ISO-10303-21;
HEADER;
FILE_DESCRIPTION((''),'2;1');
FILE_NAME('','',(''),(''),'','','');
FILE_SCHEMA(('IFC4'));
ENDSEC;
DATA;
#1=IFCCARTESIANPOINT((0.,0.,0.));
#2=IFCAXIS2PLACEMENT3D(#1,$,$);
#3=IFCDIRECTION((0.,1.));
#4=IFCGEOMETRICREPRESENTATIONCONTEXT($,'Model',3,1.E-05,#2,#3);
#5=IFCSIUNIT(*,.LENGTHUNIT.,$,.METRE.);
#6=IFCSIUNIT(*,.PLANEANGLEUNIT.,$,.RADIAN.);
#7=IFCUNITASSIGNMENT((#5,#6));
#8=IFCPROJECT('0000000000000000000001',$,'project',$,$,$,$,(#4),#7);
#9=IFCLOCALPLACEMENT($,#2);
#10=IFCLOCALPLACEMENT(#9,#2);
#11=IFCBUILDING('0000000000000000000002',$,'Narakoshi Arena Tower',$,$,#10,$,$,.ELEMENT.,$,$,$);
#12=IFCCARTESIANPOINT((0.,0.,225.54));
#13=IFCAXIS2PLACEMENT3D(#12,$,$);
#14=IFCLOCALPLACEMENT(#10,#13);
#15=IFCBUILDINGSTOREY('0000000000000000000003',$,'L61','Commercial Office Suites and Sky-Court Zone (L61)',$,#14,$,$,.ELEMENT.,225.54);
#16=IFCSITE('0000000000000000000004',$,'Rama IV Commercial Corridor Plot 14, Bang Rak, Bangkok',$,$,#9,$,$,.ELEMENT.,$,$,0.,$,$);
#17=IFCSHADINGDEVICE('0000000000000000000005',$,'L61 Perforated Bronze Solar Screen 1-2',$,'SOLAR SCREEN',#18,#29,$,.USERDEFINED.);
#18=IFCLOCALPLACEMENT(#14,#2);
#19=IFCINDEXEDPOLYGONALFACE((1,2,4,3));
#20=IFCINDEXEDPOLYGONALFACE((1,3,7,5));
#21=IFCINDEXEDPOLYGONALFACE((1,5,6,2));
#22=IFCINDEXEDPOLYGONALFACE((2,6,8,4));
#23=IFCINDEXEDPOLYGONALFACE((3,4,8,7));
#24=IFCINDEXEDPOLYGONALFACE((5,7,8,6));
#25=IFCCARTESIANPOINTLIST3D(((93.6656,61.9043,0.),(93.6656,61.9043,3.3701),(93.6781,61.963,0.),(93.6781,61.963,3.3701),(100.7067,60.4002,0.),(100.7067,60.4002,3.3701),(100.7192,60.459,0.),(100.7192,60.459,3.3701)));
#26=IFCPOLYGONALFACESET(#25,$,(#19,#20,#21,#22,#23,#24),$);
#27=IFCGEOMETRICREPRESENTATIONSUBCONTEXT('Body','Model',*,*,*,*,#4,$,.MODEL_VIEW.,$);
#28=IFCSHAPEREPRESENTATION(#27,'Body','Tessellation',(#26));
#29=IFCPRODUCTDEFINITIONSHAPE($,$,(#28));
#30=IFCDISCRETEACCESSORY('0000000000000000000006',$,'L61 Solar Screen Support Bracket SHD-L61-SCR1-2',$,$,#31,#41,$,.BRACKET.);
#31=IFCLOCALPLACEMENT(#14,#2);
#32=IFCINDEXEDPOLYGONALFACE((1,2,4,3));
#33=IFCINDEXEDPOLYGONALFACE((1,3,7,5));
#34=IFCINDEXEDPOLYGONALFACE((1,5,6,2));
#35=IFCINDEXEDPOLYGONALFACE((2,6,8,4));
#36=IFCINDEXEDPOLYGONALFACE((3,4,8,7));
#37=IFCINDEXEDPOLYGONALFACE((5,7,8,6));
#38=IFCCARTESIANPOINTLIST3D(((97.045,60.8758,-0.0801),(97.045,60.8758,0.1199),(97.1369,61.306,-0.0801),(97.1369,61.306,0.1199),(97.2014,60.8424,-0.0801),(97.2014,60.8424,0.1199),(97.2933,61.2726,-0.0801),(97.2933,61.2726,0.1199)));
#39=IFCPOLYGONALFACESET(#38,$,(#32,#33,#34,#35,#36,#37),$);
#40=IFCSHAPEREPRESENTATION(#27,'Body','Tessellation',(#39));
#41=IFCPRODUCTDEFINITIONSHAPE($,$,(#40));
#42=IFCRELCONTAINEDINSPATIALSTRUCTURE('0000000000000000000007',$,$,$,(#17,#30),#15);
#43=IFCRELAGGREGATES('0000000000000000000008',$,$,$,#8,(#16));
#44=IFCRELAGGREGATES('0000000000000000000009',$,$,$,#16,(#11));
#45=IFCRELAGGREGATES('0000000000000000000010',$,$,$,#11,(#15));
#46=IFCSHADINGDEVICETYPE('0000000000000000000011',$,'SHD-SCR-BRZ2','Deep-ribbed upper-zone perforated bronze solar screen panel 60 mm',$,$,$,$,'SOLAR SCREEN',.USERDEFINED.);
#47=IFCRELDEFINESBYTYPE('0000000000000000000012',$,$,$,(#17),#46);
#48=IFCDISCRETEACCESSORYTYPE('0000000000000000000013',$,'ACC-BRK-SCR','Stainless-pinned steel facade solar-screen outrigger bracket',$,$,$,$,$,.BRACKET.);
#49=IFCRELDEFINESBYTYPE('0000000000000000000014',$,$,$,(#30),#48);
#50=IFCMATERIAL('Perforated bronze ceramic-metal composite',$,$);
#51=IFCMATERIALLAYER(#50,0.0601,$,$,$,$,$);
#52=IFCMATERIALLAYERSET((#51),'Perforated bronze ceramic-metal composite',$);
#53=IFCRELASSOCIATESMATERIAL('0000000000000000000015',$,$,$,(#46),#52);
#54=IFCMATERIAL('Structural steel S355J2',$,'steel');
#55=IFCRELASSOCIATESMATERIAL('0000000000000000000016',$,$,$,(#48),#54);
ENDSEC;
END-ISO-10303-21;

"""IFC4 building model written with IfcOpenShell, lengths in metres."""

from ifc_helpers import new_model, si_unit, direction, frame, origin, origin_2d, place, context, subcontext, project, spatial, rectangle, extrude, material, layer, layer_set, type_object, element, save


model = new_model("IFC4")

# Units and contexts
model_context = context("Model", 3, precision=1e-05, world=origin(), true_north=direction((0.0, 1.0)))
body_context = subcontext(model_context, "Body", "Model", "MODEL_VIEW")
ifc_project = project(units=[si_unit("LENGTHUNIT", "METRE"), si_unit("PLANEANGLEUNIT", "RADIAN")], contexts=[model_context])

# Site, building, storey
site_placement = place(None, origin())
site = spatial("IfcSite", under=ifc_project, at=site_placement, Name="Rama IV Commercial Corridor Plot 14, Bang Rak, Bangkok", CompositionType="ELEMENT", RefElevation=0.0)
building_placement = place(site_placement, origin())
building = spatial("IfcBuilding", under=site, at=building_placement, Name="Narakoshi Arena Tower", CompositionType="ELEMENT")
storey_placement = place(building_placement, frame((0.0, 0.0, 225.54)))
storey = spatial("IfcBuildingStorey", under=building, at=storey_placement, Name="L61", Description="Commercial Office Suites and Sky-Court Zone (L61)", CompositionType="ELEMENT", Elevation=225.54)

# Shared definitions
ifc_material_1 = material(Name="Structural steel S355J2", Category="steel")

# Shading device
ifc_material_2 = material(Name="Perforated bronze ceramic-metal composite")
ifc_layer_1 = layer(ifc_material_2, 0.0601)
ifc_layer_set_1 = layer_set([ifc_layer_1], Name="Perforated bronze ceramic-metal composite")
shading_device_type = type_object("IfcShadingDeviceType", Name="SHD-SCR-BRZ2", Description="Deep-ribbed upper-zone perforated bronze solar screen panel 60 mm", ElementType="SOLAR SCREEN", PredefinedType="USERDEFINED", material=ifc_layer_set_1)
shading_device_placement = place(storey_placement, frame((97.1924, 61.1816, 0.0), z_axis=(0.0, 0.0, 1.0), x_axis=(-0.977937, 0.208902, 0.0)))
element("IfcShadingDevice", 1, at=shading_device_placement, inside=storey, type_object=shading_device_type, Name="L61 Perforated Bronze Solar Screen 1-2", ObjectType="SOLAR SCREEN", PredefinedType="USERDEFINED", context=body_context, shape_type="SweptSolid", body=[
    extrude(rectangle(XDim=7.2, YDim=0.0601, at=origin_2d()), origin(), (0.0, 0.0, 1.0), 3.3701),
])

# Discrete accessory
discrete_accessory_type = type_object("IfcDiscreteAccessoryType", Name="ACC-BRK-SCR", Description="Stainless-pinned steel facade solar-screen outrigger bracket", PredefinedType="BRACKET", material=ifc_material_1)
discrete_accessory_placement = place(storey_placement, frame((97.1692, 61.0742, -0.0801), z_axis=(0.0, 0.0, 1.0), x_axis=(-0.977937, 0.208902, 0.0)))
element("IfcDiscreteAccessory", 2, at=discrete_accessory_placement, inside=storey, type_object=discrete_accessory_type, Name="L61 Solar Screen Support Bracket SHD-L61-SCR1-2", PredefinedType="BRACKET", context=body_context, shape_type="SweptSolid", body=[
    extrude(rectangle(XDim=0.1599, YDim=0.4399, at=origin_2d()), origin(), (0.0, 0.0, 1.0), 0.2),
])

save(model, "model.ifc")
